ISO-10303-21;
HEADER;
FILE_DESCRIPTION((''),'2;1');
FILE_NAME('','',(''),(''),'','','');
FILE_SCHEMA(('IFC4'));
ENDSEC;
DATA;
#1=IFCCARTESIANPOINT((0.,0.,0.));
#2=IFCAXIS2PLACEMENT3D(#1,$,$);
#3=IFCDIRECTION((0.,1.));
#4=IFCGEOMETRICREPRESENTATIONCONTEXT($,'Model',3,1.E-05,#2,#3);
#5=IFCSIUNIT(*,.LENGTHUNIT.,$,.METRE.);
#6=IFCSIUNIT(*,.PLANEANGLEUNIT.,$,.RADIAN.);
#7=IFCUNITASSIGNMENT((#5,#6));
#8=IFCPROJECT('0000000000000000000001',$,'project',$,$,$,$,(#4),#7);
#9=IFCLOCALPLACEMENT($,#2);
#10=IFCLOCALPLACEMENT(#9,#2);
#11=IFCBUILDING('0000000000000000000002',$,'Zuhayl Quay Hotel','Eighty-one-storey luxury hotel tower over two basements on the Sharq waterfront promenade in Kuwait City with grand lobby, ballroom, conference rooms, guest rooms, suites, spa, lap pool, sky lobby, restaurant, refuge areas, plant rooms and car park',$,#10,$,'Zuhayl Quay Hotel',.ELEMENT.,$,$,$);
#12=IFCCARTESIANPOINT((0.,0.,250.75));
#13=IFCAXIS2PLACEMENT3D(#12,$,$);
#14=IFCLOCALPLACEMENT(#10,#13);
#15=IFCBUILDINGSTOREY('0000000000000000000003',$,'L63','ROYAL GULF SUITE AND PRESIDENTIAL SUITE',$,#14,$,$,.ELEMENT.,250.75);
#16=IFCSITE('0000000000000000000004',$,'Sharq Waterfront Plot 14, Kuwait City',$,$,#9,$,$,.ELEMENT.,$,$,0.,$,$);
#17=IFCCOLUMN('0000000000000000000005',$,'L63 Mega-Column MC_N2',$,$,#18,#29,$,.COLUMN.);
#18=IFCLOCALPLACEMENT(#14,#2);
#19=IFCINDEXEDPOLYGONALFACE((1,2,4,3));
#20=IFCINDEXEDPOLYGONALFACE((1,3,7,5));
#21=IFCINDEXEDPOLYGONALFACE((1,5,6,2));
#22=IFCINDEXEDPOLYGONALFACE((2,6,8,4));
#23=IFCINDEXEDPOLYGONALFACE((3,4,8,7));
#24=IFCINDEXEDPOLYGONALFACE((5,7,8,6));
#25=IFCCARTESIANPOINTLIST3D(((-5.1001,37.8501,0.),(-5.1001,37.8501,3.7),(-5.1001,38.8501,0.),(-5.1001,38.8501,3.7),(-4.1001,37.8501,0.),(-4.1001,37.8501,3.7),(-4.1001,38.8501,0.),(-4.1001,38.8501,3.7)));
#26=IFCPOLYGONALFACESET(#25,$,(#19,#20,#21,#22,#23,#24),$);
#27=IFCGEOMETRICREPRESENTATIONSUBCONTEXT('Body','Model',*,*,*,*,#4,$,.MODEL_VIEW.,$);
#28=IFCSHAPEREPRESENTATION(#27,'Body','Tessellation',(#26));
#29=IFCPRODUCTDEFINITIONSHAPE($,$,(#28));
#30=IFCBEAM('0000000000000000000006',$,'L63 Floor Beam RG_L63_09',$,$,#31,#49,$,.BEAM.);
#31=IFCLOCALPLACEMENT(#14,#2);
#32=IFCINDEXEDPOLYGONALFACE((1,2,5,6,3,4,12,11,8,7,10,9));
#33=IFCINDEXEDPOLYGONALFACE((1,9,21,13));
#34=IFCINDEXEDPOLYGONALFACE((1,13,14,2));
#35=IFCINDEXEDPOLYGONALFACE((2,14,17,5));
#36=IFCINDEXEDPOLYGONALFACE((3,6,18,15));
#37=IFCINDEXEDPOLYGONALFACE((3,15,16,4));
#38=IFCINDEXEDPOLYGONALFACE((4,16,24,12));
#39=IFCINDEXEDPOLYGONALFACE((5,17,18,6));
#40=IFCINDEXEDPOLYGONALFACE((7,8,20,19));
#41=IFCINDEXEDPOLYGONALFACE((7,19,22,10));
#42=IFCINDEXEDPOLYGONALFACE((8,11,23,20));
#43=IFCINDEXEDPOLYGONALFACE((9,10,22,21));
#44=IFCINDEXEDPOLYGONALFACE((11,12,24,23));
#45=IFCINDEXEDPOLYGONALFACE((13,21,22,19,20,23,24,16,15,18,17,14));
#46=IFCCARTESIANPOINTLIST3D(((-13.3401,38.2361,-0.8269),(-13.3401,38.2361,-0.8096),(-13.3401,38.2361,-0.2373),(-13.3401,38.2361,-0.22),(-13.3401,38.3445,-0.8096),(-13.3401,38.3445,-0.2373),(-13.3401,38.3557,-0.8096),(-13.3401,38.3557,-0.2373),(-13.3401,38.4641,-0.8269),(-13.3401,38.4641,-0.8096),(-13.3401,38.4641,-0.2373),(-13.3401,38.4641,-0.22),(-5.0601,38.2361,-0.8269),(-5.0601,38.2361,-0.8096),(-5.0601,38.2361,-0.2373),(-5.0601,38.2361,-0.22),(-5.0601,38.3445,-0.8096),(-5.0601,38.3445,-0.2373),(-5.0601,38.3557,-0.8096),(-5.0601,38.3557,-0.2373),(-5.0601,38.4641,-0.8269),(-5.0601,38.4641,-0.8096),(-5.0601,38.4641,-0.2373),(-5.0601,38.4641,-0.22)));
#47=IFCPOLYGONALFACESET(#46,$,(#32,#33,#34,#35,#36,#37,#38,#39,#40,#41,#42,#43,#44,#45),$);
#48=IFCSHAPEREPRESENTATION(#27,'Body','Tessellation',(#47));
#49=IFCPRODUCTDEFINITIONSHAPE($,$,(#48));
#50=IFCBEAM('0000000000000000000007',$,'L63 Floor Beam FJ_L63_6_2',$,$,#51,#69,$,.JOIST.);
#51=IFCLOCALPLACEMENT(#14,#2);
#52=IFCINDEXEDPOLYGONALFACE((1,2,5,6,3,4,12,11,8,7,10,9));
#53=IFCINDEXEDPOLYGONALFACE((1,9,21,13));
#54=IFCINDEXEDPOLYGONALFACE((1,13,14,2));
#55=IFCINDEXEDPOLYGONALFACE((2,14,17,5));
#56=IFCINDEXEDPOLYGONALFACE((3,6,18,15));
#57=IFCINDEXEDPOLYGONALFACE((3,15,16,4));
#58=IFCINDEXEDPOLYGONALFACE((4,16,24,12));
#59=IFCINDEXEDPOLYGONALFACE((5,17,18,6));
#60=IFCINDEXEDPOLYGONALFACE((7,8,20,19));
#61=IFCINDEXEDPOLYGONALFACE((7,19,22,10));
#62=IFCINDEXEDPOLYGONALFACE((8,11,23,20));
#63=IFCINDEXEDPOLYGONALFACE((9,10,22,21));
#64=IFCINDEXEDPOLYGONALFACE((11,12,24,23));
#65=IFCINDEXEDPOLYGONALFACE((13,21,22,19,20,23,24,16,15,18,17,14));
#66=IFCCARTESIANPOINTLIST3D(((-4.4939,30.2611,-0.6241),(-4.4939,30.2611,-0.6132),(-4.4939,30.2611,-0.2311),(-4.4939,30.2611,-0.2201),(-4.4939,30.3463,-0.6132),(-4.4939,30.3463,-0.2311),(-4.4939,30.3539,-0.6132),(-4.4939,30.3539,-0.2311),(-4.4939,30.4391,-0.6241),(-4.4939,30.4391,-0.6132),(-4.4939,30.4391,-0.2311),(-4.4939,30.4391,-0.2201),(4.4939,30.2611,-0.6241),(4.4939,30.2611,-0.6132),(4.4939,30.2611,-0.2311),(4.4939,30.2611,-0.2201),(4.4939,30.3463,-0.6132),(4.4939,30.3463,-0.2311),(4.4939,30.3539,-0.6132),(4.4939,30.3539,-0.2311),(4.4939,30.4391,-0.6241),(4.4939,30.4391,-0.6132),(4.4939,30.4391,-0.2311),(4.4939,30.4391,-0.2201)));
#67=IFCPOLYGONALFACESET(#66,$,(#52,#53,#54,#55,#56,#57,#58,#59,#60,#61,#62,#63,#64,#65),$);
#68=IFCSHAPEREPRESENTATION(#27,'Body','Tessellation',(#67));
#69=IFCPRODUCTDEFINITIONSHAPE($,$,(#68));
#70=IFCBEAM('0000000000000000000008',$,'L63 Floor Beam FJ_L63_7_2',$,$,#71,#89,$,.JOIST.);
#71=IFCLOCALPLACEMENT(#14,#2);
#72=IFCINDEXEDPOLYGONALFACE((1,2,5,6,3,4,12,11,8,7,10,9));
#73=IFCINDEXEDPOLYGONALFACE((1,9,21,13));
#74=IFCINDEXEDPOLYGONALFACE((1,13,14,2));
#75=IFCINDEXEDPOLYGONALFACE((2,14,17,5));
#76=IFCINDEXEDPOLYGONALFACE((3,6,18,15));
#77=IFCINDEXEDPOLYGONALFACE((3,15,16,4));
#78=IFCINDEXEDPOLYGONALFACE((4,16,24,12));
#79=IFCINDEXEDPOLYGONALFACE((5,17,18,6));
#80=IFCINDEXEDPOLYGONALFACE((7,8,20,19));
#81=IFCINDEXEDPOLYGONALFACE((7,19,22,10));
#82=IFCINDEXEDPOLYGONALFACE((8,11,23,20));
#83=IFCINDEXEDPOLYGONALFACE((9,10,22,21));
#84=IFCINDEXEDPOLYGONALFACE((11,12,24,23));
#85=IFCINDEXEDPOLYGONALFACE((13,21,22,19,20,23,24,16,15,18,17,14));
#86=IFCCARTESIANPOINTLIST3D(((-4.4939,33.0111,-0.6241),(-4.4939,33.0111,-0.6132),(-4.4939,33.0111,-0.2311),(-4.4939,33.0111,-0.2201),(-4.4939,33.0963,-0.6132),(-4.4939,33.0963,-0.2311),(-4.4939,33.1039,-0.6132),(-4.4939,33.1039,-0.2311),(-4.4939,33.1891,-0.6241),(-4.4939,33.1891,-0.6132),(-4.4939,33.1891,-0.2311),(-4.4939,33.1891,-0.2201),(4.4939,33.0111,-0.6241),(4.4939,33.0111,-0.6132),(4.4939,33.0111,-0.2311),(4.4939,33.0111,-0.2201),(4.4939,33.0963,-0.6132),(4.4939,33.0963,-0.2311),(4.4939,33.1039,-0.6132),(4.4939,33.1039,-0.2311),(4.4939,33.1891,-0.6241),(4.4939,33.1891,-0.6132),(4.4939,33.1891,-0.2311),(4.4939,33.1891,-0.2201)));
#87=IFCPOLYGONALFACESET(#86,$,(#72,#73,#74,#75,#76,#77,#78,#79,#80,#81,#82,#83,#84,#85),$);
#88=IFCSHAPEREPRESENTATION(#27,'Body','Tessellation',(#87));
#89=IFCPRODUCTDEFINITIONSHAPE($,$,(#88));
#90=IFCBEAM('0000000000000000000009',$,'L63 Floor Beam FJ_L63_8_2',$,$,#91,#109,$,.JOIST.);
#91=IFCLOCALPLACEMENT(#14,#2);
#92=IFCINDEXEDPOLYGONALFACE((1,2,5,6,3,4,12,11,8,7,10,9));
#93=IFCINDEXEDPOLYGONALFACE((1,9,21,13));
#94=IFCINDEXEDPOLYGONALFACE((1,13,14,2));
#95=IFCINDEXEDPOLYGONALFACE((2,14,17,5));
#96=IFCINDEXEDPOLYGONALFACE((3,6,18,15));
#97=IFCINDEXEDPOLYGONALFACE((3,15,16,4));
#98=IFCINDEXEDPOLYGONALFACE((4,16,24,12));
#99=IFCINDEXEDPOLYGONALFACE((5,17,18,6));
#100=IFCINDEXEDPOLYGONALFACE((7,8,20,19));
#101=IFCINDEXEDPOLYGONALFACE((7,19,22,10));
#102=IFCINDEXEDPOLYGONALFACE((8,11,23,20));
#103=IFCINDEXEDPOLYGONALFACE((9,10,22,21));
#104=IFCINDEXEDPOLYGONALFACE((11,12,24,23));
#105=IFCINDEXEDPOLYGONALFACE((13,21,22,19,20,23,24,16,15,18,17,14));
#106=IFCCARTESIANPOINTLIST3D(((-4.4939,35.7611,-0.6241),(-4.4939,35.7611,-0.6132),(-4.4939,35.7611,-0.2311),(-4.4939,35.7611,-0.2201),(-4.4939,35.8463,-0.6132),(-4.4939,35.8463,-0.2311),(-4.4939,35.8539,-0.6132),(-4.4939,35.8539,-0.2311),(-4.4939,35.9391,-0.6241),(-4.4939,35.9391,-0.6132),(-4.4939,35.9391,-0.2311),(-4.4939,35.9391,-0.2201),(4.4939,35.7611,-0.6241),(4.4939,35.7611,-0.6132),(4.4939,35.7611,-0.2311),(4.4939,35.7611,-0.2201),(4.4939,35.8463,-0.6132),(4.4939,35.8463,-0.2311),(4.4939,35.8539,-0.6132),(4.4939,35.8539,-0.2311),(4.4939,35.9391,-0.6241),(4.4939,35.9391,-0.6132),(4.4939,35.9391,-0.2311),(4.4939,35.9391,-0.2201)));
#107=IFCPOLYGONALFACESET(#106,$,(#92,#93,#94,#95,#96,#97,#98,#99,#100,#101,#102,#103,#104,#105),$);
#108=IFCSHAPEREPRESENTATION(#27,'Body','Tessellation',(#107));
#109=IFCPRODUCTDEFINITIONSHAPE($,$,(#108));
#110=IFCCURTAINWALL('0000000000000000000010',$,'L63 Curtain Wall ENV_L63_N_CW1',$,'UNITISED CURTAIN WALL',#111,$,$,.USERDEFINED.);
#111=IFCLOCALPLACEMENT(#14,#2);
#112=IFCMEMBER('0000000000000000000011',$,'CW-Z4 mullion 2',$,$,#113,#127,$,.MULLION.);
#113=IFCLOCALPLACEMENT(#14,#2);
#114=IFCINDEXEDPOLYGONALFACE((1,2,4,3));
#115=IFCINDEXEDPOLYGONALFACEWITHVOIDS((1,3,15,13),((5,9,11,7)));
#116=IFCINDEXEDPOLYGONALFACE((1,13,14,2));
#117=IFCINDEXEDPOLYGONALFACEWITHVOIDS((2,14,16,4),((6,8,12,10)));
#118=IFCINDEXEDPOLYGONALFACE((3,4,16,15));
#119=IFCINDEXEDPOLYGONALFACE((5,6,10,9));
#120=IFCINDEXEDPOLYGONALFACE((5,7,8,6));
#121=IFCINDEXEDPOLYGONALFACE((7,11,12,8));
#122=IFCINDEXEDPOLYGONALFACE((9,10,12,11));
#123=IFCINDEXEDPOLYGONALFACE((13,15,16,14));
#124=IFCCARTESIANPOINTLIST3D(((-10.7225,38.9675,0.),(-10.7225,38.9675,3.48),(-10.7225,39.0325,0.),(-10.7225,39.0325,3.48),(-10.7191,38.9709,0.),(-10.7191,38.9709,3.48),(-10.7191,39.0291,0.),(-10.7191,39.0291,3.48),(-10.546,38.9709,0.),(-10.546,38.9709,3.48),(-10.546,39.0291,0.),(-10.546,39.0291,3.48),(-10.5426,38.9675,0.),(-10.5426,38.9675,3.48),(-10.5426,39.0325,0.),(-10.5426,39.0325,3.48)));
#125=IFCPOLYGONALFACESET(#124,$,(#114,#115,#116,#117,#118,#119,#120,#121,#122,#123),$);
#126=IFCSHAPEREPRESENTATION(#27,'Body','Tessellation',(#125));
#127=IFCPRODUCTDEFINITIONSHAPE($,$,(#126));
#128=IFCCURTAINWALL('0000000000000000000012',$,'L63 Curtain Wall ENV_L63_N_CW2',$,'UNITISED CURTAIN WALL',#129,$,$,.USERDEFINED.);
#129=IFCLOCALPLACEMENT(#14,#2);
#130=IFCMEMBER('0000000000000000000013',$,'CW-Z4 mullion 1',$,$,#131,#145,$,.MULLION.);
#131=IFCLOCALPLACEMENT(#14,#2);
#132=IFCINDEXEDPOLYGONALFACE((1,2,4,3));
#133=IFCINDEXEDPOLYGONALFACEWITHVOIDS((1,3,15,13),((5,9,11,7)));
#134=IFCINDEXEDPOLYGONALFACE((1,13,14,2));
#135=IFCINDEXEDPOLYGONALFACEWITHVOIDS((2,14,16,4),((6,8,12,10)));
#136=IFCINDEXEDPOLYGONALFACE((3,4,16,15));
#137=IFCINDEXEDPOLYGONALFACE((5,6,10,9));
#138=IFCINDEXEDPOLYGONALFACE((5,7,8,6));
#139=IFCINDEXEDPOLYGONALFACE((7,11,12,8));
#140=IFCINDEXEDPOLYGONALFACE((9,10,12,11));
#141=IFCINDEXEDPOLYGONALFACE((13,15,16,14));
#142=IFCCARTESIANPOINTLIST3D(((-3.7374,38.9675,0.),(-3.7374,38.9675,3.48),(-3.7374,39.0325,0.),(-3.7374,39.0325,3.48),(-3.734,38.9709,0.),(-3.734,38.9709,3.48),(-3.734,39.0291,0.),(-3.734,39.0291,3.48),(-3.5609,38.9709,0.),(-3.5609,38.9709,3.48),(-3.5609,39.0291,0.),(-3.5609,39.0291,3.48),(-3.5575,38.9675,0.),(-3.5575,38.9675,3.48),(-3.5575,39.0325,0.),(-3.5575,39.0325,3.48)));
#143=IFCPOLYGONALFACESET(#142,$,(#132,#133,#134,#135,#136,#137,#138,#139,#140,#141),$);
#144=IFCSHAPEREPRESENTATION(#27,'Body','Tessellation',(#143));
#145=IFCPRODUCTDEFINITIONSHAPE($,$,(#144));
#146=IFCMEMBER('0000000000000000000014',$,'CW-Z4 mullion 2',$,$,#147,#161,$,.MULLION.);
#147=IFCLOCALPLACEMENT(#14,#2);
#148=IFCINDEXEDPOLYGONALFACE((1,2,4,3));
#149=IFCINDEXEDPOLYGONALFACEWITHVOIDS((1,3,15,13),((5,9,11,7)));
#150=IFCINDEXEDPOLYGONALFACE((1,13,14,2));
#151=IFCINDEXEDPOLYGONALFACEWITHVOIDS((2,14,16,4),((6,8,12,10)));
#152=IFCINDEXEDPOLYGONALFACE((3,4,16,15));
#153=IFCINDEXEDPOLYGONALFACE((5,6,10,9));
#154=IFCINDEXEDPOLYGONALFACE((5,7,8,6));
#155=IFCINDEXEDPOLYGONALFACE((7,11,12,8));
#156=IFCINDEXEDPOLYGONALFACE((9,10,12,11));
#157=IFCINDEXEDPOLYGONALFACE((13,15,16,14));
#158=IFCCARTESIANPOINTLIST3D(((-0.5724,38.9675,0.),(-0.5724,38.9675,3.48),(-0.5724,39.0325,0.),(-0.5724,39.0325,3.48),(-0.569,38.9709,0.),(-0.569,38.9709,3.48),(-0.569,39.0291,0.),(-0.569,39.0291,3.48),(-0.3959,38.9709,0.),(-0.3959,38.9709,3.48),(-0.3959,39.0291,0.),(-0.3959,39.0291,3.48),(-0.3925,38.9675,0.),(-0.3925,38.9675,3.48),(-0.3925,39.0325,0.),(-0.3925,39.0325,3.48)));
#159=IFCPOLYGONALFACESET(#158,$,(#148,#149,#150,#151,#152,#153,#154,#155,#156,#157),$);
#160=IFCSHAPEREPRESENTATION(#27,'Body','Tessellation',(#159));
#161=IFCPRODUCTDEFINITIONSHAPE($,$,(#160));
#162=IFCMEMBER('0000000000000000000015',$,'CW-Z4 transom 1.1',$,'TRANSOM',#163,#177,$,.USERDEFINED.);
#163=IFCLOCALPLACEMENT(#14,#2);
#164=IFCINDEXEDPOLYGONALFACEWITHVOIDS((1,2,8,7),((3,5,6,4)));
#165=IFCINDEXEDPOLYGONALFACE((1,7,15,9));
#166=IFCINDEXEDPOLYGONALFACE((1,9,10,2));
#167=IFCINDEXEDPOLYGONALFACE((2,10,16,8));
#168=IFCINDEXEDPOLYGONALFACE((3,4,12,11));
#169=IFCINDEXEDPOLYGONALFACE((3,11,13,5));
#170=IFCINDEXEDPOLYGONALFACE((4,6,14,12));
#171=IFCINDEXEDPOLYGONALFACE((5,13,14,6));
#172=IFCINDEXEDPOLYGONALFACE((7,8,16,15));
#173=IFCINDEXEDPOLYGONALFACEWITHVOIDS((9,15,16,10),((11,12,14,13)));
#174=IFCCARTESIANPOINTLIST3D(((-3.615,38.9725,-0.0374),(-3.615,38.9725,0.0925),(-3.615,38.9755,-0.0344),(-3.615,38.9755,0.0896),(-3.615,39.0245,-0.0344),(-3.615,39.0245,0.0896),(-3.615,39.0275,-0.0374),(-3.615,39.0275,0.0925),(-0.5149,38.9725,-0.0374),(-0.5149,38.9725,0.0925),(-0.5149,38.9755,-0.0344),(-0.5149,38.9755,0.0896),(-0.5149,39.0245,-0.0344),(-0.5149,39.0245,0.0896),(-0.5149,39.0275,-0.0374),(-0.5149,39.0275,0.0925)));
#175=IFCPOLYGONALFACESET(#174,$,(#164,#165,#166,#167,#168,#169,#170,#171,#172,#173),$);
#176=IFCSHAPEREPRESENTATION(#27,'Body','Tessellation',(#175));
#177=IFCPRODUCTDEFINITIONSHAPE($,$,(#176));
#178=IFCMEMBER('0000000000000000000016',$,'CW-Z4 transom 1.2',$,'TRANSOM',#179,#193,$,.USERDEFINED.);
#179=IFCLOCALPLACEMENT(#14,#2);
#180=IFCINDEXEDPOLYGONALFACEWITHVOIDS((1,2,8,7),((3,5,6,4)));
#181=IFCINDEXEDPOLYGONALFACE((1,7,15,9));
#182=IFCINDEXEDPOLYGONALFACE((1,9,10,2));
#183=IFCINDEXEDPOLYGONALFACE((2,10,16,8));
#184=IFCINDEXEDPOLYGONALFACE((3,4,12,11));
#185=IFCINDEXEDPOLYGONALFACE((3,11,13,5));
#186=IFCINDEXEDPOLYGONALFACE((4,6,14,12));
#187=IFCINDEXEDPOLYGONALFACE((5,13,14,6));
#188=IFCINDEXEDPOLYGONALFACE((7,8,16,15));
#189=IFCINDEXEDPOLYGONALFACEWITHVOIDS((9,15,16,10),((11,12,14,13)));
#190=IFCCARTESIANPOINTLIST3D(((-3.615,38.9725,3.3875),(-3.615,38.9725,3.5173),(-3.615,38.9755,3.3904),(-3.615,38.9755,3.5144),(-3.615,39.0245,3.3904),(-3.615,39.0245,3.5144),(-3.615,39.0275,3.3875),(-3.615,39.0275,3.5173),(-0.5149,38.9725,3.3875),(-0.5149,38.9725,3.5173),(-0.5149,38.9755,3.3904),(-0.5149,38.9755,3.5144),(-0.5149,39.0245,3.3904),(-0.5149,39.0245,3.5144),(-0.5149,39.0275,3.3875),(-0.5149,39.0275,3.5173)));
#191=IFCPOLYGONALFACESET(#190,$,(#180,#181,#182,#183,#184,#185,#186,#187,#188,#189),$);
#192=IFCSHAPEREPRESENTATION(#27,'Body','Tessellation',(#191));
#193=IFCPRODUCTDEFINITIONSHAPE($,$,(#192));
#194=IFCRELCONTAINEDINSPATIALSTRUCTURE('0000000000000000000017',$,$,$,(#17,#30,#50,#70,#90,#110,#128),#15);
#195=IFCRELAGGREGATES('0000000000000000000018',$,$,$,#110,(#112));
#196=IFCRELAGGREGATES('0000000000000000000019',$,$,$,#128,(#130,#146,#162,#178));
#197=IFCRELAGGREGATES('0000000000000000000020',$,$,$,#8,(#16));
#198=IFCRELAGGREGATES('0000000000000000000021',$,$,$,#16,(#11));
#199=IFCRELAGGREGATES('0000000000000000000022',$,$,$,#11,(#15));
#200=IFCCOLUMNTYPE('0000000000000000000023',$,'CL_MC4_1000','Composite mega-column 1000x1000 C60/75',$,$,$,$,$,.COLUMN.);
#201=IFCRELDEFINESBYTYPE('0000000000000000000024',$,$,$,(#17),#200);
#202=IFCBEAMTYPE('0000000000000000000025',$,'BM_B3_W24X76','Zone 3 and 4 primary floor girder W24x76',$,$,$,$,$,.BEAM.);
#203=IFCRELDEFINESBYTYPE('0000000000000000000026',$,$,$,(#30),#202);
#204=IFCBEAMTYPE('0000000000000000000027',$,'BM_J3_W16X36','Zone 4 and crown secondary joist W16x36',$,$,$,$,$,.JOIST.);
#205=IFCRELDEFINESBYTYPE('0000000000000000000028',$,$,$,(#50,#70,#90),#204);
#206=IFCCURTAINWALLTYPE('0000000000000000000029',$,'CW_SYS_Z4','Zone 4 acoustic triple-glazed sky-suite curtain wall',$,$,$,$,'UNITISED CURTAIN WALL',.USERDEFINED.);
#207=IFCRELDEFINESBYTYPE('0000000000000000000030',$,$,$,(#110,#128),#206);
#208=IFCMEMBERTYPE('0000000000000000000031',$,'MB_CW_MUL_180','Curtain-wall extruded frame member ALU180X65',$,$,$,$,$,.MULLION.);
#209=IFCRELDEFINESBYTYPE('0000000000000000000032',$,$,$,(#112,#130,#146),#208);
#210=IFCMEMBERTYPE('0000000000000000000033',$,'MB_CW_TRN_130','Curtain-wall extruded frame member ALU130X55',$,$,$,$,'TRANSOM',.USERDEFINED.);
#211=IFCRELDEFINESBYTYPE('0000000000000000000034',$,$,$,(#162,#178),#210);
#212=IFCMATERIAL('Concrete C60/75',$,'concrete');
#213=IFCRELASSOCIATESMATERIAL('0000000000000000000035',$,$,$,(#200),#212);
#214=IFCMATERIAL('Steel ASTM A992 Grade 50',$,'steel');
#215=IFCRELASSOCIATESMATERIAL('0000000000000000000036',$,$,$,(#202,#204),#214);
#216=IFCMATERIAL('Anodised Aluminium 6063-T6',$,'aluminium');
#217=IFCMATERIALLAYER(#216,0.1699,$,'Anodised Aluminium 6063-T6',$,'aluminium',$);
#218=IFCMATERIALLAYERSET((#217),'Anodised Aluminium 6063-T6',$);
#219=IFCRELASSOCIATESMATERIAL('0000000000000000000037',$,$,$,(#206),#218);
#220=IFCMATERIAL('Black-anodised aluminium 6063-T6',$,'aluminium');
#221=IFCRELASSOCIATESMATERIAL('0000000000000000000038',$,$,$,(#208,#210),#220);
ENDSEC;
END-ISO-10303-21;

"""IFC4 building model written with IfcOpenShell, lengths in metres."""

from ifc_helpers import new_model, si_unit, direction, frame, origin, origin_2d, place, context, subcontext, project, spatial, rectangle, hollow_rectangle, i_section, extrude, material, layer, layer_set, material_profile, profile_set, type_object, element, aggregate, save


model = new_model("IFC4")

# Units and contexts
model_context = context("Model", 3, precision=1e-05, world=origin(), true_north=direction((0.0, 1.0)))
body_context = subcontext(model_context, "Body", "Model", "MODEL_VIEW")
ifc_project = project(units=[si_unit("LENGTHUNIT", "METRE"), si_unit("PLANEANGLEUNIT", "RADIAN")], contexts=[model_context])

# Site, building, storey
site_placement = place(None, origin())
site = spatial("IfcSite", under=ifc_project, at=site_placement, Name="Sharq Waterfront Plot 14, Kuwait City", CompositionType="ELEMENT", RefElevation=0.0)
building_placement = place(site_placement, origin())
building = spatial("IfcBuilding", under=site, at=building_placement, Name="Zuhayl Quay Hotel", Description="Eighty-one-storey luxury hotel tower over two basements on the Sharq waterfront promenade in Kuwait City with grand lobby, ballroom, conference rooms, guest rooms, suites, spa, lap pool, sky lobby, restaurant, refuge areas, plant rooms and car park", LongName="Zuhayl Quay Hotel", CompositionType="ELEMENT")
storey_placement = place(building_placement, frame((0.0, 0.0, 250.75)))
storey = spatial("IfcBuildingStorey", under=building, at=storey_placement, Name="L63", Description="ROYAL GULF SUITE AND PRESIDENTIAL SUITE", CompositionType="ELEMENT", Elevation=250.75)

# Column
ifc_material_1 = material(Name="Concrete C60/75", Category="concrete")
ifc_material_profile_1 = material_profile(ifc_material_1, rectangle(XDim=1.0, YDim=1.0, at=origin_2d()), Name="RC1000X1000")
ifc_profile_set_1 = profile_set([ifc_material_profile_1], Name="Concrete C60/75")
column_type = type_object("IfcColumnType", Name="CL_MC4_1000", Description="Composite mega-column 1000x1000 C60/75", PredefinedType="COLUMN", material=ifc_profile_set_1)
column_placement = place(storey_placement, frame((-4.6001, 38.3501, 0.0), z_axis=(0.0, 0.0, 1.0), x_axis=(1.0, 0.0, 0.0)))
element("IfcColumn", 1, at=column_placement, inside=storey, type_object=column_type, Name="L63 Mega-Column MC_N2", PredefinedType="COLUMN", context=body_context, shape_type="SweptSolid", body=[
    extrude(rectangle(XDim=1.0, YDim=1.0, at=origin_2d()), origin(), (0.0, 0.0, 1.0), 3.7),
])

# Beams
ifc_material_2 = material(Name="Steel ASTM A992 Grade 50", Category="steel")
ifc_material_profile_2 = material_profile(ifc_material_2, i_section(OverallWidth=0.228, OverallDepth=0.6069, WebThickness=0.0112, FlangeThickness=0.0173, at=origin_2d()), Name="W24X76")
ifc_profile_set_2 = profile_set([ifc_material_profile_2], Name="Steel ASTM A992 Grade 50")
beam_type_1 = type_object("IfcBeamType", Name="BM_B3_W24X76", Description="Zone 3 and 4 primary floor girder W24x76", PredefinedType="BEAM", material=ifc_profile_set_2)
beam_placement = place(storey_placement, frame((-5.0601, 38.3501, -0.5234), z_axis=(-1.0, 0.0, 0.0), x_axis=(0.0, -1.0, 0.0)))
element("IfcBeam", 2, at=beam_placement, inside=storey, type_object=beam_type_1, Name="L63 Floor Beam RG_L63_09", PredefinedType="BEAM", context=body_context, shape_type="SweptSolid", body=[
    extrude(i_section(OverallWidth=0.228, OverallDepth=0.6069, WebThickness=0.0112, FlangeThickness=0.0173, at=origin_2d()), origin(), (0.0, 0.0, 1.0), 8.28),
])
ifc_material_profile_3 = material_profile(ifc_material_2, i_section(OverallWidth=0.178, OverallDepth=0.4041, WebThickness=0.0076, FlangeThickness=0.011, at=origin_2d()), Name="W16X36")
ifc_profile_set_3 = profile_set([ifc_material_profile_3], Name="Steel ASTM A992 Grade 50")
beam_type_2 = type_object("IfcBeamType", Name="BM_J3_W16X36", Description="Zone 4 and crown secondary joist W16x36", PredefinedType="JOIST", material=ifc_profile_set_3)
for number, where, z_axis, x_axis, name in (
    (3, (-4.4939, 30.3501, -0.4221), (1.0, 0.0, 0.0), (0.0, 1.0, 0.0), "L63 Floor Beam FJ_L63_6_2"),
    (4, (-4.4939, 33.1001, -0.4221), (1.0, 0.0, 0.0), (0.0, 1.0, 0.0), "L63 Floor Beam FJ_L63_7_2"),
    (5, (-4.4939, 35.8501, -0.4221), (1.0, 0.0, 0.0), (0.0, 1.0, 0.0), "L63 Floor Beam FJ_L63_8_2"),
):
    element("IfcBeam", number, at=place(storey_placement, frame(where, z_axis=z_axis, x_axis=x_axis)), inside=storey, type_object=beam_type_2, Name=name, PredefinedType="JOIST", context=body_context, shape_type="SweptSolid", body=[
        extrude(i_section(OverallWidth=0.178, OverallDepth=0.4041, WebThickness=0.0076, FlangeThickness=0.011, at=origin_2d()), origin(), (0.0, 0.0, 1.0), 8.9878),
    ])

# Curtain wall, member
ifc_material_3 = material(Name="Anodised Aluminium 6063-T6", Category="aluminium")
ifc_layer_1 = layer(ifc_material_3, 0.1699, Name="Anodised Aluminium 6063-T6", Category="aluminium")
ifc_layer_set_1 = layer_set([ifc_layer_1], Name="Anodised Aluminium 6063-T6")
curtain_wall_type = type_object("IfcCurtainWallType", Name="CW_SYS_Z4", Description="Zone 4 acoustic triple-glazed sky-suite curtain wall", ElementType="UNITISED CURTAIN WALL", PredefinedType="USERDEFINED", material=ifc_layer_set_1)
curtain_wall_1_placement = place(storey_placement, origin())
curtain_wall_1 = element("IfcCurtainWall", 6, at=curtain_wall_1_placement, inside=storey, type_object=curtain_wall_type, Name="L63 Curtain Wall ENV_L63_N_CW1", ObjectType="UNITISED CURTAIN WALL", PredefinedType="USERDEFINED")
ifc_material_4 = material(Name="Black-anodised aluminium 6063-T6", Category="aluminium")
ifc_material_profile_4 = material_profile(ifc_material_4, hollow_rectangle(XDim=0.0649, YDim=0.1799, WallThickness=0.0034, at=origin_2d()), Name="ALU180X65")
ifc_profile_set_4 = profile_set([ifc_material_profile_4], Name="Black-anodised aluminium 6063-T6")
member_type_1 = type_object("IfcMemberType", Name="MB_CW_MUL_180", Description="Curtain-wall extruded frame member ALU180X65", PredefinedType="MULLION", material=ifc_profile_set_4)
member_1_placement = place(storey_placement, frame((-10.6326, 39.0, 0.0), z_axis=(0.0, 0.0, 1.0), x_axis=(0.0, 1.0, 0.0)))
member_1 = element("IfcMember", 7, at=member_1_placement, type_object=member_type_1, Name="CW-Z4 mullion 2", PredefinedType="MULLION", context=body_context, shape_type="SweptSolid", body=[
    extrude(hollow_rectangle(XDim=0.0649, YDim=0.1799, WallThickness=0.0034, at=origin_2d()), origin(), (0.0, 0.0, 1.0), 3.48),
])

# Curtain wall, members
curtain_wall_2_placement = place(storey_placement, origin())
curtain_wall_2 = element("IfcCurtainWall", 8, at=curtain_wall_2_placement, inside=storey, type_object=curtain_wall_type, Name="L63 Curtain Wall ENV_L63_N_CW2", ObjectType="UNITISED CURTAIN WALL", PredefinedType="USERDEFINED")
member_2_placement = place(storey_placement, frame((-3.6475, 39.0, 0.0), z_axis=(0.0, 0.0, 1.0), x_axis=(0.0, 1.0, 0.0)))
member_2 = element("IfcMember", 9, at=member_2_placement, type_object=member_type_1, Name="CW-Z4 mullion 1", PredefinedType="MULLION", context=body_context, shape_type="SweptSolid", body=[
    extrude(hollow_rectangle(XDim=0.0649, YDim=0.1799, WallThickness=0.0034, at=origin_2d()), origin(), (0.0, 0.0, 1.0), 3.48),
])
member_3_placement = place(storey_placement, frame((-0.4824, 39.0, 0.0), z_axis=(0.0, 0.0, 1.0), x_axis=(0.0, 1.0, 0.0)))
member_3 = element("IfcMember", 10, at=member_3_placement, type_object=member_type_1, Name="CW-Z4 mullion 2", PredefinedType="MULLION", context=body_context, shape_type="SweptSolid", body=[
    extrude(hollow_rectangle(XDim=0.0649, YDim=0.1799, WallThickness=0.0034, at=origin_2d()), origin(), (0.0, 0.0, 1.0), 3.48),
])
ifc_material_profile_5 = material_profile(ifc_material_4, hollow_rectangle(XDim=0.0549, YDim=0.1299, WallThickness=0.0029, at=origin_2d()), Name="ALU130X55")
ifc_profile_set_5 = profile_set([ifc_material_profile_5], Name="Black-anodised aluminium 6063-T6")
member_type_2 = type_object("IfcMemberType", Name="MB_CW_TRN_130", Description="Curtain-wall extruded frame member ALU130X55", ElementType="TRANSOM", PredefinedType="USERDEFINED", material=ifc_profile_set_5)
member_4_placement = place(storey_placement, frame((-3.615, 39.0, 0.0276), z_axis=(1.0, 0.0, 0.0), x_axis=(0.0, 1.0, 0.0)))
member_4 = element("IfcMember", 11, at=member_4_placement, type_object=member_type_2, Name="CW-Z4 transom 1.1", ObjectType="TRANSOM", PredefinedType="USERDEFINED", context=body_context, shape_type="SweptSolid", body=[
    extrude(hollow_rectangle(XDim=0.0549, YDim=0.1299, WallThickness=0.0029, at=origin_2d()), origin(), (0.0, 0.0, 1.0), 3.1001),
])
member_5_placement = place(storey_placement, frame((-3.615, 39.0, 3.4524), z_axis=(1.0, 0.0, 0.0), x_axis=(0.0, 1.0, 0.0)))
member_5 = element("IfcMember", 12, at=member_5_placement, type_object=member_type_2, Name="CW-Z4 transom 1.2", ObjectType="TRANSOM", PredefinedType="USERDEFINED", context=body_context, shape_type="SweptSolid", body=[
    extrude(hollow_rectangle(XDim=0.0549, YDim=0.1299, WallThickness=0.0029, at=origin_2d()), origin(), (0.0, 0.0, 1.0), 3.1001),
])

aggregate(curtain_wall_1, [member_1])
aggregate(curtain_wall_2, [member_2, member_3, member_4, member_5])

save(model, "model.ifc")
